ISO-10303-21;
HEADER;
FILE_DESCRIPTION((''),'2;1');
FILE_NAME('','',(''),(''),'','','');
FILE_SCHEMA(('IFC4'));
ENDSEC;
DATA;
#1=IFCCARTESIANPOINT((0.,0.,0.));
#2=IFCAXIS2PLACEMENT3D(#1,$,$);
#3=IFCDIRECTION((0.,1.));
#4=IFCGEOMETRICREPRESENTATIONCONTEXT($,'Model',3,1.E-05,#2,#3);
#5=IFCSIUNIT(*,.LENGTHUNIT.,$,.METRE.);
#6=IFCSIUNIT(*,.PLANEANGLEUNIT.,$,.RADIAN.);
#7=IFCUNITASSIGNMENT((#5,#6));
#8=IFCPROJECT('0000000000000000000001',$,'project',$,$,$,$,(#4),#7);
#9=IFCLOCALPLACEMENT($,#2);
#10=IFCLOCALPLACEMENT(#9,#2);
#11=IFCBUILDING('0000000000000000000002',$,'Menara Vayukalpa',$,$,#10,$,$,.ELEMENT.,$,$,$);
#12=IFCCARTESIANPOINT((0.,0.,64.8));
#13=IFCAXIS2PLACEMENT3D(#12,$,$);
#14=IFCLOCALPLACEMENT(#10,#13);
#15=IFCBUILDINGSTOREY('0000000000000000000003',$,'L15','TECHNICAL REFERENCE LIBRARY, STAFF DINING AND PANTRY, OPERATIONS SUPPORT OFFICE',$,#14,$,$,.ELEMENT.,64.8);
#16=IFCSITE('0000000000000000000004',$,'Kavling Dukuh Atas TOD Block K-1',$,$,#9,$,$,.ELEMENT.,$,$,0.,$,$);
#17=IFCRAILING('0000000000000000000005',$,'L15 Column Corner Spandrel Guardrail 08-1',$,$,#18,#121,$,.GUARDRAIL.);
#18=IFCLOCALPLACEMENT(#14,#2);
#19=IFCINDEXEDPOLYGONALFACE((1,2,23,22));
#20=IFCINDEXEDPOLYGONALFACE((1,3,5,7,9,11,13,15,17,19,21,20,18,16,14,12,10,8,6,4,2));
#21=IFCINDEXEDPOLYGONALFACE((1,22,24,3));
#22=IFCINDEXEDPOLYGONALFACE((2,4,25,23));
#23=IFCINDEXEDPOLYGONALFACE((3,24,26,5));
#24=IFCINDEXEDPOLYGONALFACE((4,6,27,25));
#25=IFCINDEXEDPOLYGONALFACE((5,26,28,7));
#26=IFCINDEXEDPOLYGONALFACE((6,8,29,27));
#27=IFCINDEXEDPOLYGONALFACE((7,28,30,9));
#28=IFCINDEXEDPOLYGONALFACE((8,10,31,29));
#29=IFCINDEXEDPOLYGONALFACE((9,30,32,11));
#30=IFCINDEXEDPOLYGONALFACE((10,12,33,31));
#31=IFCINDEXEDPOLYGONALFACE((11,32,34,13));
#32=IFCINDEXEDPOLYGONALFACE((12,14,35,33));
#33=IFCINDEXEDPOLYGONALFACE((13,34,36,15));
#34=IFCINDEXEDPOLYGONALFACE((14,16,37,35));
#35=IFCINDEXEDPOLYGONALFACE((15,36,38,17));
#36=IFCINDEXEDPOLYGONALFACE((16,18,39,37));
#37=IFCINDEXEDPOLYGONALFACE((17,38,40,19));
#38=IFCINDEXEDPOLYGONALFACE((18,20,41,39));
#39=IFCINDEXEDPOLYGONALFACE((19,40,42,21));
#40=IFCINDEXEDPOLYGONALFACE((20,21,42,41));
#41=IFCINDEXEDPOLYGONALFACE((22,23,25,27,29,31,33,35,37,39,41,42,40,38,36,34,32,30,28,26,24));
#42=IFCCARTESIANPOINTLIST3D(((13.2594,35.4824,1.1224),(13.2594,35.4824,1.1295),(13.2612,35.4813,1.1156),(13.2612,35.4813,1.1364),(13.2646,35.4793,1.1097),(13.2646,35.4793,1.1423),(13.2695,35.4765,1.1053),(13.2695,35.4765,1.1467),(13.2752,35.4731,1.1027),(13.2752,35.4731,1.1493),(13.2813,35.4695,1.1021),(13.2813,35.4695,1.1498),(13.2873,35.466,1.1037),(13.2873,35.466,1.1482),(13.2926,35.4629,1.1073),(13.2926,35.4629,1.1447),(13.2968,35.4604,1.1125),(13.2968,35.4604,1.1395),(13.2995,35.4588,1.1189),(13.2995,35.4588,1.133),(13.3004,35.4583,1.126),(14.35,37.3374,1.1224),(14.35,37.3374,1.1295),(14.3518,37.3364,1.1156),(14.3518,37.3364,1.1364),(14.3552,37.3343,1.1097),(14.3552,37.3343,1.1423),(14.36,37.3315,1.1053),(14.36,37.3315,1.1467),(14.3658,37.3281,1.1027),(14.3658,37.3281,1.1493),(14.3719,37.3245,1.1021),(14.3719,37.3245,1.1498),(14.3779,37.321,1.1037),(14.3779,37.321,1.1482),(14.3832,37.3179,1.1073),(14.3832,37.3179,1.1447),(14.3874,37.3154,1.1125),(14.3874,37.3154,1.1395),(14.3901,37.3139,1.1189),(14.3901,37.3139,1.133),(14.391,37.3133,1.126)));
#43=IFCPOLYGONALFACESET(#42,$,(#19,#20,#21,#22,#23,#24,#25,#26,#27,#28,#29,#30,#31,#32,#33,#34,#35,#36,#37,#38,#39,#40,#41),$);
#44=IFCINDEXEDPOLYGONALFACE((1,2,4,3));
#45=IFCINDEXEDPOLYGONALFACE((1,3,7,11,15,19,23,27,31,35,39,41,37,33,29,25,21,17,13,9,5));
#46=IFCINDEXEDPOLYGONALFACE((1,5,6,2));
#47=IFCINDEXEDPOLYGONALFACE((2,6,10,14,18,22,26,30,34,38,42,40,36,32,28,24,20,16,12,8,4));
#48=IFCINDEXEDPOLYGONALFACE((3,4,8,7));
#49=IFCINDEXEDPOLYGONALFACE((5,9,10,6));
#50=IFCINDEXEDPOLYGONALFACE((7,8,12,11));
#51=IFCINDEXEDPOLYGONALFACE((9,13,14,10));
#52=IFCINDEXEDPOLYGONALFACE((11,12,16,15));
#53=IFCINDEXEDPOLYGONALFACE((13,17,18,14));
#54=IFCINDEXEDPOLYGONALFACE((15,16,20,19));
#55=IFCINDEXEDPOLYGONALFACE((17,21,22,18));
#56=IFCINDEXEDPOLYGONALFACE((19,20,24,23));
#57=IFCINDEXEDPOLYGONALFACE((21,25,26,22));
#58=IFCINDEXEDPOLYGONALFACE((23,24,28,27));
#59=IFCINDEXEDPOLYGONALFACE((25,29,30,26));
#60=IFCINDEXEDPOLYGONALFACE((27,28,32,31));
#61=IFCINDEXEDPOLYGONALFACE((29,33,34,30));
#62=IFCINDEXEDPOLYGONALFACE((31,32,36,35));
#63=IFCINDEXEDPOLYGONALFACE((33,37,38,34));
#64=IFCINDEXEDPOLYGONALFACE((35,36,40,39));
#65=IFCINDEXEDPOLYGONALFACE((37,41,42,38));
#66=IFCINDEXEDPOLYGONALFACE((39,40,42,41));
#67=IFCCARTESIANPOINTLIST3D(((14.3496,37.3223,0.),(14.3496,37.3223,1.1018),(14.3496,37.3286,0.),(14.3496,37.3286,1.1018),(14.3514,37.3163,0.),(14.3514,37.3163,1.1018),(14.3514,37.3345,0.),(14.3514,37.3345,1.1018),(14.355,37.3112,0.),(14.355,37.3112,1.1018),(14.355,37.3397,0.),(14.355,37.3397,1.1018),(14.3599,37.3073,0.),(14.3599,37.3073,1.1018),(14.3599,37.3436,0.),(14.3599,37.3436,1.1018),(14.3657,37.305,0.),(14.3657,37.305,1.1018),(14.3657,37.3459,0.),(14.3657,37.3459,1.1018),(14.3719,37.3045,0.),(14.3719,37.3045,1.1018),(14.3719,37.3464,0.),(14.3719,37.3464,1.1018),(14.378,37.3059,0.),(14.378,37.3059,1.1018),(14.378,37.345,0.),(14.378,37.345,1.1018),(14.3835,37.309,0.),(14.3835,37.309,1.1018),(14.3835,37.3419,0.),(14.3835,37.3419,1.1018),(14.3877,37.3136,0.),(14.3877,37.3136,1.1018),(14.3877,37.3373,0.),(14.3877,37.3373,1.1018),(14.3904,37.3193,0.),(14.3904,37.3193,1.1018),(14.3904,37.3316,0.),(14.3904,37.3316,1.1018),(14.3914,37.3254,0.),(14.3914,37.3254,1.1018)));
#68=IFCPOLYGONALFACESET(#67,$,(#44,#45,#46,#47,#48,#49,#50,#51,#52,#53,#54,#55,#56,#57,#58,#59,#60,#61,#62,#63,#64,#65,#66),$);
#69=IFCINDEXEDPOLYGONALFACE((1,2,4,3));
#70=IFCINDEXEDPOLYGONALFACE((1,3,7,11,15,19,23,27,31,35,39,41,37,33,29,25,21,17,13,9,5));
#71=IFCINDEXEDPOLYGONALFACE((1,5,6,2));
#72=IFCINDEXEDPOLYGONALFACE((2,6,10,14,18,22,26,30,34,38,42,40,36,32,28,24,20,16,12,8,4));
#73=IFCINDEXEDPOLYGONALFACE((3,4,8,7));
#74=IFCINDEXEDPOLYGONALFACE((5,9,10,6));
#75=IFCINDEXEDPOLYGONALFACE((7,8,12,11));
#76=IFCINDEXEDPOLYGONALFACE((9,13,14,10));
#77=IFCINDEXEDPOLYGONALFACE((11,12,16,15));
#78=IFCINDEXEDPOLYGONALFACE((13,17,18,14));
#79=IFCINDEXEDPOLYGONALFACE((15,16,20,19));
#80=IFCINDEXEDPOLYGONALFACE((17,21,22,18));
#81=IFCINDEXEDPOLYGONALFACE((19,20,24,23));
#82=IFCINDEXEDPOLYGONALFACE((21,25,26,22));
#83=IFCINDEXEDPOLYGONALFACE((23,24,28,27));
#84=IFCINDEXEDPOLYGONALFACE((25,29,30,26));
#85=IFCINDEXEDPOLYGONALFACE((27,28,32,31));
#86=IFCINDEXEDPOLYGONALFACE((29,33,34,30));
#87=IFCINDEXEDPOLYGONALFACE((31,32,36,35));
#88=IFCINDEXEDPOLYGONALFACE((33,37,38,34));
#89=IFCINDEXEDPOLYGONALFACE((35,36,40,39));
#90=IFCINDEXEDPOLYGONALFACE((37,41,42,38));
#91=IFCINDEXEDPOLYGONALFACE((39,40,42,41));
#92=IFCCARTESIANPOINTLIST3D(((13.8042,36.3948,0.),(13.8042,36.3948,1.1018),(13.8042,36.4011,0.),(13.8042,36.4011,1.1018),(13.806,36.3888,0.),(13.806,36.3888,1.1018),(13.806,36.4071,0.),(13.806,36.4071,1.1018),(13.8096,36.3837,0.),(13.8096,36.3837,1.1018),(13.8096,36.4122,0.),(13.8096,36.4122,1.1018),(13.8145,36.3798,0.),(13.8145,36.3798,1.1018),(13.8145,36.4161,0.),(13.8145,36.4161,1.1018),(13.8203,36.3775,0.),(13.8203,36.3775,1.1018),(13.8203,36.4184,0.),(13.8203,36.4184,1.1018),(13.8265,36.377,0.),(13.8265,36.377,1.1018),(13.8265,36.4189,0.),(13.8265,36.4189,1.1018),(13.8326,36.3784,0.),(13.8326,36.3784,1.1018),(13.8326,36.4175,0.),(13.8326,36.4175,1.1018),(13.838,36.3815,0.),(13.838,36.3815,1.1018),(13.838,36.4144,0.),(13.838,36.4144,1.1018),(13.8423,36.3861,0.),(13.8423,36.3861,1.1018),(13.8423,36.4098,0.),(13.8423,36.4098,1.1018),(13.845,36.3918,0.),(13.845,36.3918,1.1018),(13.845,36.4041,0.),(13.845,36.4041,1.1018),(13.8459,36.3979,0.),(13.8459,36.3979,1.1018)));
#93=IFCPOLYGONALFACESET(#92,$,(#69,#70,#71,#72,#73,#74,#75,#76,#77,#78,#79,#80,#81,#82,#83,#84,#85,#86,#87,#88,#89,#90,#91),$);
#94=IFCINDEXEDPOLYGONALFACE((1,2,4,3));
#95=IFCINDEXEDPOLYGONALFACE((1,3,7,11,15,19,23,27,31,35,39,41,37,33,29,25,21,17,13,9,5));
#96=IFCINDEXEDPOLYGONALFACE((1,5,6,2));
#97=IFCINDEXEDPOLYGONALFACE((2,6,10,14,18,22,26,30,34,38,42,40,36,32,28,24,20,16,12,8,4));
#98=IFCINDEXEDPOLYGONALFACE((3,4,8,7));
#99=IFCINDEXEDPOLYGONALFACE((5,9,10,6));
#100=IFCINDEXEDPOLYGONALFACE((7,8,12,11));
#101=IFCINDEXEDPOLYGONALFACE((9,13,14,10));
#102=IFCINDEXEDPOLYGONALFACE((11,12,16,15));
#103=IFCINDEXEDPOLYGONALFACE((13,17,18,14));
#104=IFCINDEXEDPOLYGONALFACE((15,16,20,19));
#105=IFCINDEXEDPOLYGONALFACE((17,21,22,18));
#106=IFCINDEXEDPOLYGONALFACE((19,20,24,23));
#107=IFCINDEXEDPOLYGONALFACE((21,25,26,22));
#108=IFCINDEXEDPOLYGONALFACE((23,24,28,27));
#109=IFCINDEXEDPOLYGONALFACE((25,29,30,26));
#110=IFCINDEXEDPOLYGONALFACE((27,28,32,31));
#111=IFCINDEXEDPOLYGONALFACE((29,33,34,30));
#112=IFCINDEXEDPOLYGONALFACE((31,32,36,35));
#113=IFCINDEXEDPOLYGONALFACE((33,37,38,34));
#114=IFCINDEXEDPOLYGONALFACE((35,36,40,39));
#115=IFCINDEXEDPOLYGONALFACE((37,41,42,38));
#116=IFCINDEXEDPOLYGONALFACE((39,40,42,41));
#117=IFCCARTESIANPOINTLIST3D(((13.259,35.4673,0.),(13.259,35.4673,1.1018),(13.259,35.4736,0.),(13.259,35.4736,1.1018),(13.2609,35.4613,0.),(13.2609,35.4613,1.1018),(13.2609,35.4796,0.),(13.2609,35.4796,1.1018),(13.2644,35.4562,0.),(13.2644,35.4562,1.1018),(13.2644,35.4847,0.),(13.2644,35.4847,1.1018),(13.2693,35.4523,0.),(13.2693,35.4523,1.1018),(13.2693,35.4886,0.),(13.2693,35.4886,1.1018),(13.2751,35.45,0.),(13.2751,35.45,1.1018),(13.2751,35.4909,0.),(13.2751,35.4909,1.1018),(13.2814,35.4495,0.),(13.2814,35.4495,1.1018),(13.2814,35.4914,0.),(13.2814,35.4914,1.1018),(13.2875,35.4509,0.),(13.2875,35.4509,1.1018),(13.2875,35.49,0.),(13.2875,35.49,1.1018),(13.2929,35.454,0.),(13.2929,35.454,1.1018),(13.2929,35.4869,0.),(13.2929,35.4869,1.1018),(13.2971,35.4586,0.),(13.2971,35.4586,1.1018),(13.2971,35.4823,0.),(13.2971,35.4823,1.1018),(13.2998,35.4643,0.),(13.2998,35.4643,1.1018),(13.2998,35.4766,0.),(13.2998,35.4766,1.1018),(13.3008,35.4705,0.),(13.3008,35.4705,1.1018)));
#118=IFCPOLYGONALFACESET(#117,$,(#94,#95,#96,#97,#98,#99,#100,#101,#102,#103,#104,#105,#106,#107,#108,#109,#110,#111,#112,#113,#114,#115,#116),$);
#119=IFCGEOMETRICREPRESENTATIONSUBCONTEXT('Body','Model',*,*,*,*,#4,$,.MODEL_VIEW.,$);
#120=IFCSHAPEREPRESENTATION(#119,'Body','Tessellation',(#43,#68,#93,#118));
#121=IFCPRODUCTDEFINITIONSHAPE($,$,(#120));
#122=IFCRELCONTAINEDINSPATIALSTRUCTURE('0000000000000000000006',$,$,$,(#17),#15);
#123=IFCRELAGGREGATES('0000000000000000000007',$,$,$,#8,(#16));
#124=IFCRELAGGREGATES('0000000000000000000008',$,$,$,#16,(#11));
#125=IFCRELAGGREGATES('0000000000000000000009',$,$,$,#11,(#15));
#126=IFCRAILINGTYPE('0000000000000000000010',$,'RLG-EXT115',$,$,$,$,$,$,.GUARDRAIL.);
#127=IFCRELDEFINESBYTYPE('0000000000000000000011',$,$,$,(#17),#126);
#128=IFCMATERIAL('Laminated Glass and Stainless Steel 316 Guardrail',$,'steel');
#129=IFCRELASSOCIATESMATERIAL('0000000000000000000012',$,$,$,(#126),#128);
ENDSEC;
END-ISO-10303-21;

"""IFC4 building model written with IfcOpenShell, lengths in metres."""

from ifc_helpers import new_model, si_unit, direction, frame, origin, origin_2d, place, context, subcontext, project, spatial, circle, extrude, material, type_object, element, save


model = new_model("IFC4")

# Units and contexts
model_context = context("Model", 3, precision=1e-05, world=origin(), true_north=direction((0.0, 1.0)))
body_context = subcontext(model_context, "Body", "Model", "MODEL_VIEW")
ifc_project = project(units=[si_unit("LENGTHUNIT", "METRE"), si_unit("PLANEANGLEUNIT", "RADIAN")], contexts=[model_context])

# Site, building, storey
site_placement = place(None, origin())
site = spatial("IfcSite", under=ifc_project, at=site_placement, Name="Kavling Dukuh Atas TOD Block K-1", CompositionType="ELEMENT", RefElevation=0.0)
building_placement = place(site_placement, origin())
building = spatial("IfcBuilding", under=site, at=building_placement, Name="Menara Vayukalpa", CompositionType="ELEMENT")
storey_placement = place(building_placement, frame((0.0, 0.0, 64.8)))
storey = spatial("IfcBuildingStorey", under=building, at=storey_placement, Name="L15", Description="TECHNICAL REFERENCE LIBRARY, STAFF DINING AND PANTRY, OPERATIONS SUPPORT OFFICE", CompositionType="ELEMENT", Elevation=64.8)

# Railing
ifc_material_1 = material(Name="Laminated Glass and Stainless Steel 316 Guardrail", Category="steel")
railing_type = type_object("IfcRailingType", Name="RLG-EXT115", PredefinedType="GUARDRAIL", material=ifc_material_1)
railing_1_placement = place(storey_placement, frame((14.3704, 37.3254, 0.0)))
element("IfcRailing", 1, at=railing_1_placement, inside=storey, type_object=railing_type, Name="L15 Column Corner Spandrel Guardrail 08-1", PredefinedType="GUARDRAIL", context=body_context, shape_type="SweptSolid", body=[
    extrude(circle(Radius=0.0239, at=origin_2d()), frame((0.0, 0.0, 1.126), z_axis=(-0.506817, -0.862054, 0.0), x_axis=(0.862054, -0.506817, 0.0)), (0.0, 0.0, 1.0), 2.1519),
    extrude(circle(Radius=0.021, at=origin_2d()), origin(), (0.0, 0.0, 1.0), 1.1018),
    extrude(circle(Radius=0.021, at=origin_2d()), frame((-0.5454, -0.9275, 0.0)), (0.0, 0.0, 1.0), 1.1018),
    extrude(circle(Radius=0.021, at=origin_2d()), frame((-1.0906, -1.855, 0.0)), (0.0, 0.0, 1.0), 1.1018),
])

save(model, "model.ifc")
